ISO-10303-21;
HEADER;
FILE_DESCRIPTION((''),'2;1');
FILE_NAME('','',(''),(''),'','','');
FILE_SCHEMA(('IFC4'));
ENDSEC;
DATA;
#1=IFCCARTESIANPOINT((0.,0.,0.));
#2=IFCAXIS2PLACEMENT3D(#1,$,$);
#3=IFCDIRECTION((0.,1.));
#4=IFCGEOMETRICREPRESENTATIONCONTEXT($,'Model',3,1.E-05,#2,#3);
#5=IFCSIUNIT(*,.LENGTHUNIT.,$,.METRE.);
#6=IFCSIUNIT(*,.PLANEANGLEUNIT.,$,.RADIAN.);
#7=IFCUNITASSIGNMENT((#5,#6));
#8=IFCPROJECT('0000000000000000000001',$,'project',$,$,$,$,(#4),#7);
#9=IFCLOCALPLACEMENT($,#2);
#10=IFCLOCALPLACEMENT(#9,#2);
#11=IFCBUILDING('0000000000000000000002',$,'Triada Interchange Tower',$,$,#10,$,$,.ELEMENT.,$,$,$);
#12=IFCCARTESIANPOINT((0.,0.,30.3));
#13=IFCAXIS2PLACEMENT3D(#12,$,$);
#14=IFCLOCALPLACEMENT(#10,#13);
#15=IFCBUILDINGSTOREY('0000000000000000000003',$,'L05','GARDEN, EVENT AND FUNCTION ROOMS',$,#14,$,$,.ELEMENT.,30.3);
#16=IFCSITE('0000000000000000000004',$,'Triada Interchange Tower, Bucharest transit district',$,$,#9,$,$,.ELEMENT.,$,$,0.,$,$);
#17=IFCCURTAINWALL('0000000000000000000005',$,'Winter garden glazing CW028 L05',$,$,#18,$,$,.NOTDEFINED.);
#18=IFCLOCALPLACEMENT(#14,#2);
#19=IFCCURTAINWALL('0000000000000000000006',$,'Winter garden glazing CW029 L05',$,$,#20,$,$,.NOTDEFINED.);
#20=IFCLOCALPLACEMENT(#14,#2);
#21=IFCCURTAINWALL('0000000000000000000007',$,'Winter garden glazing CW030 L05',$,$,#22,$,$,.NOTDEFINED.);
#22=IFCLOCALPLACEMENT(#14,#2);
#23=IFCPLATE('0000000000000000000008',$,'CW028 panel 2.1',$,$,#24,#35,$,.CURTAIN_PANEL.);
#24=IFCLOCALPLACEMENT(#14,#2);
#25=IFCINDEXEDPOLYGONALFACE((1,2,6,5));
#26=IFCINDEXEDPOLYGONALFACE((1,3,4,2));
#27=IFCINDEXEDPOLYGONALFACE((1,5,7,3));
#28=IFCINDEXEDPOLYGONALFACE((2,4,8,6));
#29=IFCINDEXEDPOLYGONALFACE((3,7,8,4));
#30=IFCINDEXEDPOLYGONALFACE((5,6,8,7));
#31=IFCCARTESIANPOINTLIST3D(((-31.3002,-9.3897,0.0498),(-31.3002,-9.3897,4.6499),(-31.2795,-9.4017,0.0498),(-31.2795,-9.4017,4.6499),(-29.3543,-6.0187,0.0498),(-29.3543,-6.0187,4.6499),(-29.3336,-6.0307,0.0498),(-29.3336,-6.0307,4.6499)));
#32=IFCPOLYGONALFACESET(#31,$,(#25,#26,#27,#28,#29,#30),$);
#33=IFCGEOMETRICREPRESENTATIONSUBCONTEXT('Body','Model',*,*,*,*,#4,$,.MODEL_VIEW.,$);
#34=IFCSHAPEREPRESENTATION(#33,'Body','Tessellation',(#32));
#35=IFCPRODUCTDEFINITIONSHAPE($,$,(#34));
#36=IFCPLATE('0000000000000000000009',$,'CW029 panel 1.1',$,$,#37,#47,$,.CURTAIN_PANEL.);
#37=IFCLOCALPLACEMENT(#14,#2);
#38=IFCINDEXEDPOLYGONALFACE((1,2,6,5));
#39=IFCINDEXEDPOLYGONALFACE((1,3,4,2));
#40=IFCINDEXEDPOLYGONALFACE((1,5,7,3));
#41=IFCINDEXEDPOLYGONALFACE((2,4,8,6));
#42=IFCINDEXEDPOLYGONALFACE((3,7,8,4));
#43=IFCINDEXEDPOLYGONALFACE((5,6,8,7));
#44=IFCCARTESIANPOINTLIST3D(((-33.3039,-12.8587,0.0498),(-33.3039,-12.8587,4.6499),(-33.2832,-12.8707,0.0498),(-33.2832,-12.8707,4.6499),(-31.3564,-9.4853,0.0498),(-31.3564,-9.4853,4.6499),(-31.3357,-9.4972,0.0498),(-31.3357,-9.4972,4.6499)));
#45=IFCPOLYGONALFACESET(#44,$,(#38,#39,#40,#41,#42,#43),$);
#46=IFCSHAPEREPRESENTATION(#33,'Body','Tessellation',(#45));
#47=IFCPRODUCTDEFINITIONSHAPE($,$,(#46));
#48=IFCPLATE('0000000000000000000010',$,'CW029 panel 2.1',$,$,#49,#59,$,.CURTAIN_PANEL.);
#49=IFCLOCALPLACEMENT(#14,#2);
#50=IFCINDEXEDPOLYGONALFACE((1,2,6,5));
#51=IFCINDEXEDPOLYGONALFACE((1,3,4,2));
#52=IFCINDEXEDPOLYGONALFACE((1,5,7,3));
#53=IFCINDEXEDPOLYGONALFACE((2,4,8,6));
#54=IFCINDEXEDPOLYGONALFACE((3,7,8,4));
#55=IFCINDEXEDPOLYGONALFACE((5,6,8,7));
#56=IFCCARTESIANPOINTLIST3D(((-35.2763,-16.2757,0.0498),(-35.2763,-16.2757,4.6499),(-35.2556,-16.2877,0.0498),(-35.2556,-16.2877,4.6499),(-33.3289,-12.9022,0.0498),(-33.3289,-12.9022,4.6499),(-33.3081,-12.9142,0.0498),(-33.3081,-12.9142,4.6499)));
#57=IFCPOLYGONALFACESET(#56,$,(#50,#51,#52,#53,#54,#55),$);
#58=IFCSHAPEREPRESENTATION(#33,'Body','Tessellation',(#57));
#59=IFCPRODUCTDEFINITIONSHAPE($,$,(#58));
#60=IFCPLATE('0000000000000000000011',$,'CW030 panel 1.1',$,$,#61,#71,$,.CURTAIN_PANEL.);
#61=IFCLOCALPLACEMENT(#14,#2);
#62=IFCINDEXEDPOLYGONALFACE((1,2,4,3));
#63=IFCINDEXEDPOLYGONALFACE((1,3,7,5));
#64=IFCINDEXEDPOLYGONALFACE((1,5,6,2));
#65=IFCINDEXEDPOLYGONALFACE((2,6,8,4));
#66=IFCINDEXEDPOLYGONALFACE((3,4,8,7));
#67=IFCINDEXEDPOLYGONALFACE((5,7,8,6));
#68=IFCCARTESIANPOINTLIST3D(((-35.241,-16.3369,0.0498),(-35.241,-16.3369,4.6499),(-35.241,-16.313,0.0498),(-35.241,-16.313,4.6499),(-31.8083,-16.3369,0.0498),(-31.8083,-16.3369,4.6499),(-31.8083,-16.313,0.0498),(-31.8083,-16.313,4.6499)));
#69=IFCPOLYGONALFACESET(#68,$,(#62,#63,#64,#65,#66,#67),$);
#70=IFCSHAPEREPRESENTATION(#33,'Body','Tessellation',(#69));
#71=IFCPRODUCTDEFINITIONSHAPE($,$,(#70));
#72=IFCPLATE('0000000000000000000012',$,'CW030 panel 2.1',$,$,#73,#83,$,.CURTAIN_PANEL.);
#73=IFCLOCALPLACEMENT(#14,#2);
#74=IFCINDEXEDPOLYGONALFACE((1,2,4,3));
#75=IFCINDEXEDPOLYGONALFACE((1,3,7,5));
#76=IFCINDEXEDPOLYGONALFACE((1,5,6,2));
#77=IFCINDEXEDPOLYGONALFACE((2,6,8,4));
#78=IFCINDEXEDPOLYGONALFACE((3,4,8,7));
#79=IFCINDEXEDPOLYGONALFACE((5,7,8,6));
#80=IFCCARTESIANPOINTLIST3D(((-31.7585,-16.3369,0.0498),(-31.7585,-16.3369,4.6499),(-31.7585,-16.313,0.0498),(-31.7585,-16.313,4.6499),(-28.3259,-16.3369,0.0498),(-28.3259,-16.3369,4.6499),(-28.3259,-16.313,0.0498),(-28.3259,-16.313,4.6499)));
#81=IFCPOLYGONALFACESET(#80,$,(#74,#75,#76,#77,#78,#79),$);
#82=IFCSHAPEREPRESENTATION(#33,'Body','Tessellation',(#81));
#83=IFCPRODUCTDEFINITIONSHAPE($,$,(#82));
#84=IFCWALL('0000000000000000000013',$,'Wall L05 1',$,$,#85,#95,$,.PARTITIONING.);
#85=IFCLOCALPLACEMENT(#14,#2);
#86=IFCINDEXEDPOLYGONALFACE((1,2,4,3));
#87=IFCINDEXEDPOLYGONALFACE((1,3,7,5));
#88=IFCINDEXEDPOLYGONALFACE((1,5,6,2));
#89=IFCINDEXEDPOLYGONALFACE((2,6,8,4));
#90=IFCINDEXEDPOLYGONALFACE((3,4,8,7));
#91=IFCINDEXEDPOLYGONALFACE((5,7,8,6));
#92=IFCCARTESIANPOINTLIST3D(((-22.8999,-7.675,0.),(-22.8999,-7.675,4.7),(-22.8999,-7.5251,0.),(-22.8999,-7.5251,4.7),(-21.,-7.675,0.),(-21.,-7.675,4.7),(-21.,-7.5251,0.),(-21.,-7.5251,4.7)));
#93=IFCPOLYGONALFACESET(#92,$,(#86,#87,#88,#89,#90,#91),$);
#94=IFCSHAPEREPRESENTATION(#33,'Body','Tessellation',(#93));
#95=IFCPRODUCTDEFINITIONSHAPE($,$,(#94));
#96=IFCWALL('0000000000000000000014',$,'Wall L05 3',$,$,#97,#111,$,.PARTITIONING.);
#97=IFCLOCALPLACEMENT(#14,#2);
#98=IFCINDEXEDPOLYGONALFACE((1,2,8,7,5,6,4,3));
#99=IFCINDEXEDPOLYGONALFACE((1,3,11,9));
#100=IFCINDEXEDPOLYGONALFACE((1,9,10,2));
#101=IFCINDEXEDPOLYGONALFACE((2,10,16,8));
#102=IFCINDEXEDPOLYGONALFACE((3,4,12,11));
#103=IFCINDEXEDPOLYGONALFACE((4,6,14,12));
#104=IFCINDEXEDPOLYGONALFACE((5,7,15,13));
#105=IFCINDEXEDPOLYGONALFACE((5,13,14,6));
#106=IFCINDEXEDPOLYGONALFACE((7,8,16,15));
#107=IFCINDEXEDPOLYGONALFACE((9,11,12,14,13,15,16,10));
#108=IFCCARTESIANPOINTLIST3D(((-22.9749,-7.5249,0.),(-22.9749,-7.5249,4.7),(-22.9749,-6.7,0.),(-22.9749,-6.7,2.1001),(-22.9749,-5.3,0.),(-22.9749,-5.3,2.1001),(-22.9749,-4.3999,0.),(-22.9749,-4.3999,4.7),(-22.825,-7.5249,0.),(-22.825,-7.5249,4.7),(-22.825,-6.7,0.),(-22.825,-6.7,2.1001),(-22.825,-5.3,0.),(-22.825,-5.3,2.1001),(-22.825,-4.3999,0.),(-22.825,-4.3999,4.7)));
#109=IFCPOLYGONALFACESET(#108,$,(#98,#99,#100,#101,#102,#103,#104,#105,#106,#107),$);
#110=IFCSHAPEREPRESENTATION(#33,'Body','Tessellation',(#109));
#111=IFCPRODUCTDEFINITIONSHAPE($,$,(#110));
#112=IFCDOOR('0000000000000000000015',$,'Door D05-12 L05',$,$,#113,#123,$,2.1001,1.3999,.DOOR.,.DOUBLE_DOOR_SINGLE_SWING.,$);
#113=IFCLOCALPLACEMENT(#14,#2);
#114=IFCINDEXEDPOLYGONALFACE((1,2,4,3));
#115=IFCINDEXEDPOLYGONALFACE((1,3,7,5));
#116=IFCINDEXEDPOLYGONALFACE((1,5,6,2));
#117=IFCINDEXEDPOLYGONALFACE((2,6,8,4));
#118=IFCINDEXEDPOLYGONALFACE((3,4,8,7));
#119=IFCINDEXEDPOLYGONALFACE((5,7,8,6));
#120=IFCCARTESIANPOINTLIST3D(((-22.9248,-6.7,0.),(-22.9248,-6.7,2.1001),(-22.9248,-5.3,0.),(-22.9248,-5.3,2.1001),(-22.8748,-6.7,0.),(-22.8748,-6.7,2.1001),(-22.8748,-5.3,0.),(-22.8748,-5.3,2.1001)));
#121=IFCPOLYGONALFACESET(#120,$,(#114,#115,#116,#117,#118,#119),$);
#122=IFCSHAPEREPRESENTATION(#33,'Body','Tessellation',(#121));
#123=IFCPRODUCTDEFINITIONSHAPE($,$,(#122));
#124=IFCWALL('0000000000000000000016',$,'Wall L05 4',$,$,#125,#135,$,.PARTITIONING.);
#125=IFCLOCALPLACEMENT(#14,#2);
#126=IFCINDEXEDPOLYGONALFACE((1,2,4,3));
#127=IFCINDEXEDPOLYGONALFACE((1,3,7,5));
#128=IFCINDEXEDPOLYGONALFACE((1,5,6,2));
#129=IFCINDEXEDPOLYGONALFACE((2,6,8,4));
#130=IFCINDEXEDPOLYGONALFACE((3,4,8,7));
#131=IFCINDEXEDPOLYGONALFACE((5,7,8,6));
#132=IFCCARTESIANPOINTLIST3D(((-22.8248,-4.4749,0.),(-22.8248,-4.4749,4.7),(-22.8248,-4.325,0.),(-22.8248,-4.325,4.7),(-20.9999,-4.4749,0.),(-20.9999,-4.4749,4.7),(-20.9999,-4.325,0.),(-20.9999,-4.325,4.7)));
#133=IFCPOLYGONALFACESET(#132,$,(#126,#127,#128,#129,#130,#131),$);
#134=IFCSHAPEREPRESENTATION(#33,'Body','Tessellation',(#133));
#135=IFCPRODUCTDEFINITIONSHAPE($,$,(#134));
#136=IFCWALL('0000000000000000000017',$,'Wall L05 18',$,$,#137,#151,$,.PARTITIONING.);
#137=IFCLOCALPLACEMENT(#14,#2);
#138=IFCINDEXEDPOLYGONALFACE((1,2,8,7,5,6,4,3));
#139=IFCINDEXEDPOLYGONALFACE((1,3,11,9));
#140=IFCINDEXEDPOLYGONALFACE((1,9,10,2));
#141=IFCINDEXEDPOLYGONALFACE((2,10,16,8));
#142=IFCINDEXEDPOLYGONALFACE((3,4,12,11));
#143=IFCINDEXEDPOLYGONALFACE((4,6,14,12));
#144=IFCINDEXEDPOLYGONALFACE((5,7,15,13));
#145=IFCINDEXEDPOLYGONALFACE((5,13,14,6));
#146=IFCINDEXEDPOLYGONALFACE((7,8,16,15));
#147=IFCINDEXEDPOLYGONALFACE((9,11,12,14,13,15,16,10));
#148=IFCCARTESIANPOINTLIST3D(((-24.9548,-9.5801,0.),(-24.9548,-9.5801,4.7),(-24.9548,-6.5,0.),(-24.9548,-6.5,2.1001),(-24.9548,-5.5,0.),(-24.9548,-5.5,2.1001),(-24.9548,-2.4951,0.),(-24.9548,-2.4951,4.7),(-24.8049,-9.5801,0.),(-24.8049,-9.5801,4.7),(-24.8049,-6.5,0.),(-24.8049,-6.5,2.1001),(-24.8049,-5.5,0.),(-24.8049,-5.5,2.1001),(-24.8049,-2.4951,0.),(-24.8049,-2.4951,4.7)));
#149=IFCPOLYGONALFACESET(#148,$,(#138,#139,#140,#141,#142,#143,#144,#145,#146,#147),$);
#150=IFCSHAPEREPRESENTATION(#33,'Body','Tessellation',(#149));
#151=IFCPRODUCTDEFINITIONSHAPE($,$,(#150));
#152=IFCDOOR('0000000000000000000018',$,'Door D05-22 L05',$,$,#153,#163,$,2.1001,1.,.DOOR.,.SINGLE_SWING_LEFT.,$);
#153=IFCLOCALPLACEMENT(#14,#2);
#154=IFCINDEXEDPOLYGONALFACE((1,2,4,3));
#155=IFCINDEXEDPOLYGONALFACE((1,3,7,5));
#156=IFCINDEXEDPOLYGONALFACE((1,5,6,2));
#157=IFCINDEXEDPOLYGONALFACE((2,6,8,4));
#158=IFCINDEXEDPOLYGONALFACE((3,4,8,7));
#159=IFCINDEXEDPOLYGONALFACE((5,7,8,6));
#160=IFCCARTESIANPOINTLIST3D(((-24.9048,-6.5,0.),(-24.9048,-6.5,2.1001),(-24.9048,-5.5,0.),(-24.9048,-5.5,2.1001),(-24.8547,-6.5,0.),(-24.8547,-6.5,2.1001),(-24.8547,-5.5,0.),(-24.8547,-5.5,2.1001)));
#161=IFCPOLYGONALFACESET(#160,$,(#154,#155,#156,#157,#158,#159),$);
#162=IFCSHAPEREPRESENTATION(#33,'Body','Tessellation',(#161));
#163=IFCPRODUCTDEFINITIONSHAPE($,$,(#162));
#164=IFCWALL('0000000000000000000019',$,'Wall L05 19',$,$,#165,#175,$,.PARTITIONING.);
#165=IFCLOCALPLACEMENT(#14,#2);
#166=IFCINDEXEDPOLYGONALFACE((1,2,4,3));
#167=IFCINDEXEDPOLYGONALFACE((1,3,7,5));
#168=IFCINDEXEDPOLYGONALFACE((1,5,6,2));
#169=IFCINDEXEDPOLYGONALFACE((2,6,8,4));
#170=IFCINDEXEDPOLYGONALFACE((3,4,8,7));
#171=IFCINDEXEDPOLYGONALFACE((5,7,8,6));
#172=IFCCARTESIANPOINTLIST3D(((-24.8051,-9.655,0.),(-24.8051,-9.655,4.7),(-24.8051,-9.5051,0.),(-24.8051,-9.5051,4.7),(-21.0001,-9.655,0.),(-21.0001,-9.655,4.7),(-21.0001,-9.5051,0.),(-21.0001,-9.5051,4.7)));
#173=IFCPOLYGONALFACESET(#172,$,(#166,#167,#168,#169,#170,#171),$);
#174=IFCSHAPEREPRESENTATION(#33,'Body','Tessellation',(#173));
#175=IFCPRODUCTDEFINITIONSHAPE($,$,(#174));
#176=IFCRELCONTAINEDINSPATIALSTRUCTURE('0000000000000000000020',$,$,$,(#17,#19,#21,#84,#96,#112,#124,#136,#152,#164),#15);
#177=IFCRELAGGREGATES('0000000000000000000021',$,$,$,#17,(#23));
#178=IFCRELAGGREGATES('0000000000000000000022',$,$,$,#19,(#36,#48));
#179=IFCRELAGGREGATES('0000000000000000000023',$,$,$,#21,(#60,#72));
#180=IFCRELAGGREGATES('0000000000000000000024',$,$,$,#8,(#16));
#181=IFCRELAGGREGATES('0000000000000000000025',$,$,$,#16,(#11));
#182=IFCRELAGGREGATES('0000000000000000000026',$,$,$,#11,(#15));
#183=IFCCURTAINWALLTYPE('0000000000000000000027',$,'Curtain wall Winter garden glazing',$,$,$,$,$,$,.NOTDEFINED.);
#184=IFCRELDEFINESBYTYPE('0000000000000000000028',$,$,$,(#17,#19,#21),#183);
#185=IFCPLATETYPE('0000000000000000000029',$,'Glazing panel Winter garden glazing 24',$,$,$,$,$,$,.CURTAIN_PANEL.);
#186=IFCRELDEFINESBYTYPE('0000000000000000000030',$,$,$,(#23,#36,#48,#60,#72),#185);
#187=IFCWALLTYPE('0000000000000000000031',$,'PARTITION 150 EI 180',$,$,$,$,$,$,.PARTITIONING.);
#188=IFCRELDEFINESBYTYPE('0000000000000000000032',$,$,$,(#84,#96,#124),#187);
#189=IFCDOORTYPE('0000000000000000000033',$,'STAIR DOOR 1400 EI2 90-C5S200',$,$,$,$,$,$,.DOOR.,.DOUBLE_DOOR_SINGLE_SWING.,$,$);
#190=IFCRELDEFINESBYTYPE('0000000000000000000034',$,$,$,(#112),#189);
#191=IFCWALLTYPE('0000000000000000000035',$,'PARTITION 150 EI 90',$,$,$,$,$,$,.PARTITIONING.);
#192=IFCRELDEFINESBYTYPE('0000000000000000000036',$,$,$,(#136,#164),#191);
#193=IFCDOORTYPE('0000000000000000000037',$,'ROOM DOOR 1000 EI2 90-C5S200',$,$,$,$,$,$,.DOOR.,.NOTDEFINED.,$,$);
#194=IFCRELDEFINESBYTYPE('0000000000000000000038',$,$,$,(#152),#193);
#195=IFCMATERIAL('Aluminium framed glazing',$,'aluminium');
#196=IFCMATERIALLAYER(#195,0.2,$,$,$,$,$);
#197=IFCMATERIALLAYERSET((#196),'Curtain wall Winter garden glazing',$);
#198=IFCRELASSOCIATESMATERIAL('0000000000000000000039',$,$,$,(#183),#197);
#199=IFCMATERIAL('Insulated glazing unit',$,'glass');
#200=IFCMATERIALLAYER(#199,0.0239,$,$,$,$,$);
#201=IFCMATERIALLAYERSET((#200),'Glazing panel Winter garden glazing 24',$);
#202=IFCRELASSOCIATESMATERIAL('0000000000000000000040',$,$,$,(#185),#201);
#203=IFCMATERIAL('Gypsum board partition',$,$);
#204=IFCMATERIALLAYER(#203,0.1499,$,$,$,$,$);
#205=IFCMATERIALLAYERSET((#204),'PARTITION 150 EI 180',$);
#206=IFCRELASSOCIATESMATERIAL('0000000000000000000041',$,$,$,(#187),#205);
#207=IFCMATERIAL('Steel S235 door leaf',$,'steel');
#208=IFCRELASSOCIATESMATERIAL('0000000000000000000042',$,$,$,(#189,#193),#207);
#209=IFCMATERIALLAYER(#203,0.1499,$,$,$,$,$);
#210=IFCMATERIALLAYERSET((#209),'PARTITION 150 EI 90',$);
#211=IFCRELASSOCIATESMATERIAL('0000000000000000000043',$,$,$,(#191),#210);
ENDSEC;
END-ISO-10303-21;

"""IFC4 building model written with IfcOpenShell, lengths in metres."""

from ifc_helpers import new_model, si_unit, direction, frame, frame_2d, origin, origin_2d, place, context, subcontext, project, spatial, rectangle, extrude, material, layer, layer_set, type_object, element, fill, aggregate, save


model = new_model("IFC4")

# Units and contexts
model_context = context("Model", 3, precision=1e-05, world=origin(), true_north=direction((0.0, 1.0)))
body_context = subcontext(model_context, "Body", "Model", "MODEL_VIEW")
ifc_project = project(units=[si_unit("LENGTHUNIT", "METRE"), si_unit("PLANEANGLEUNIT", "RADIAN")], contexts=[model_context])

# Site, building, storey
site_placement = place(None, origin())
site = spatial("IfcSite", under=ifc_project, at=site_placement, Name="Triada Interchange Tower, Bucharest transit district", CompositionType="ELEMENT", RefElevation=0.0)
building_placement = place(site_placement, origin())
building = spatial("IfcBuilding", under=site, at=building_placement, Name="Triada Interchange Tower", CompositionType="ELEMENT")
storey_placement = place(building_placement, frame((0.0, 0.0, 30.3)))
storey = spatial("IfcBuildingStorey", under=building, at=storey_placement, Name="L05", Description="GARDEN, EVENT AND FUNCTION ROOMS", CompositionType="ELEMENT", Elevation=30.3)

# Curtain walls
ifc_material_1 = material(Name="Aluminium framed glazing", Category="aluminium")
ifc_layer_1 = layer(ifc_material_1, 0.2)
ifc_layer_set_1 = layer_set([ifc_layer_1], Name="Curtain wall Winter garden glazing")
curtain_wall_type = type_object("IfcCurtainWallType", Name="Curtain wall Winter garden glazing", PredefinedType="NOTDEFINED", material=ifc_layer_set_1)
curtain_wall_1_placement = place(storey_placement, origin())
curtain_wall_1 = element("IfcCurtainWall", 1, at=curtain_wall_1_placement, inside=storey, type_object=curtain_wall_type, Name="Winter garden glazing CW028 L05", PredefinedType="NOTDEFINED")
curtain_wall_2_placement = place(storey_placement, origin())
curtain_wall_2 = element("IfcCurtainWall", 2, at=curtain_wall_2_placement, inside=storey, type_object=curtain_wall_type, Name="Winter garden glazing CW029 L05", PredefinedType="NOTDEFINED")
curtain_wall_3_placement = place(storey_placement, origin())
curtain_wall_3 = element("IfcCurtainWall", 3, at=curtain_wall_3_placement, inside=storey, type_object=curtain_wall_type, Name="Winter garden glazing CW030 L05", PredefinedType="NOTDEFINED")

# Plates
ifc_material_2 = material(Name="Insulated glazing unit", Category="glass")
ifc_layer_2 = layer(ifc_material_2, 0.0239)
ifc_layer_set_2 = layer_set([ifc_layer_2], Name="Glazing panel Winter garden glazing 24")
plate_type = type_object("IfcPlateType", Name="Glazing panel Winter garden glazing 24", PredefinedType="CURTAIN_PANEL", material=ifc_layer_set_2)
plate_1_placement = place(storey_placement, frame((-30.3169, -7.7102, 0.0498), z_axis=(0.0, 0.0, 1.0), x_axis=(-0.499948, -0.866055, 0.0)))
plate_1 = element("IfcPlate", 4, at=plate_1_placement, type_object=plate_type, Name="CW028 panel 2.1", PredefinedType="CURTAIN_PANEL", context=body_context, shape_type="SweptSolid", body=[
    extrude(rectangle(XDim=3.8923, YDim=0.0239, at=origin_2d()), origin(), (0.0, 0.0, 1.0), 4.6001),
])
aggregate(curtain_wall_1, [plate_1])
plate_2_placement = place(storey_placement, frame((-32.3198, -11.178, 0.0498), z_axis=(0.0, 0.0, 1.0), x_axis=(-0.499959, -0.866049, 0.0)))
plate_2 = element("IfcPlate", 5, at=plate_2_placement, type_object=plate_type, Name="CW029 panel 1.1", PredefinedType="CURTAIN_PANEL", context=body_context, shape_type="SweptSolid", body=[
    extrude(rectangle(XDim=3.8953, YDim=0.0239, at=origin_2d()), origin(), (0.0, 0.0, 1.0), 4.6001),
])
plate_3_placement = place(storey_placement, frame((-34.2922, -14.595, 0.0498), z_axis=(0.0, 0.0, 1.0), x_axis=(-0.499959, -0.866049, 0.0)))
plate_3 = element("IfcPlate", 6, at=plate_3_placement, type_object=plate_type, Name="CW029 panel 2.1", PredefinedType="CURTAIN_PANEL", context=body_context, shape_type="SweptSolid", body=[
    extrude(rectangle(XDim=3.8953, YDim=0.0239, at=origin_2d()), origin(), (0.0, 0.0, 1.0), 4.6001),
])
aggregate(curtain_wall_2, [plate_2, plate_3])
plate_4_placement = place(storey_placement, frame((-33.5247, -16.325, 0.0498), z_axis=(0.0, 0.0, 1.0), x_axis=(1.0, 0.0, 0.0)))
plate_4 = element("IfcPlate", 7, at=plate_4_placement, type_object=plate_type, Name="CW030 panel 1.1", PredefinedType="CURTAIN_PANEL", context=body_context, shape_type="SweptSolid", body=[
    extrude(rectangle(XDim=3.4326, YDim=0.0239, at=origin_2d()), origin(), (0.0, 0.0, 1.0), 4.6001),
])
plate_5_placement = place(storey_placement, frame((-30.0422, -16.325, 0.0498), z_axis=(0.0, 0.0, 1.0), x_axis=(1.0, 0.0, 0.0)))
plate_5 = element("IfcPlate", 8, at=plate_5_placement, type_object=plate_type, Name="CW030 panel 2.1", PredefinedType="CURTAIN_PANEL", context=body_context, shape_type="SweptSolid", body=[
    extrude(rectangle(XDim=3.4326, YDim=0.0239, at=origin_2d()), origin(), (0.0, 0.0, 1.0), 4.6001),
])
aggregate(curtain_wall_3, [plate_4, plate_5])

# Wall
ifc_material_3 = material(Name="Gypsum board partition")
ifc_layer_3 = layer(ifc_material_3, 0.1499)
ifc_layer_set_3 = layer_set([ifc_layer_3], Name="PARTITION 150 EI 180")
wall_type_1 = type_object("IfcWallType", Name="PARTITION 150 EI 180", PredefinedType="PARTITIONING", material=ifc_layer_set_3)
wall_1_placement = place(storey_placement, frame((-22.8999, -7.6001, 0.0), z_axis=(0.0, 0.0, 1.0), x_axis=(1.0, 0.0, 0.0)))
element("IfcWall", 9, at=wall_1_placement, inside=storey, type_object=wall_type_1, Name="Wall L05 1", PredefinedType="PARTITIONING", context=body_context, shape_type="SweptSolid", body=[
    extrude(rectangle(XDim=1.8999, YDim=0.1499, at=frame_2d((0.95, 0.0))), origin(), (0.0, 0.0, 1.0), 4.7),
])

# Wall, opening, door
wall_2_placement = place(storey_placement, frame((-22.8999, -7.5249, 0.0), z_axis=(0.0, 0.0, 1.0), x_axis=(0.0, 1.0, 0.0)))
wall_2 = element("IfcWall", 10, at=wall_2_placement, inside=storey, type_object=wall_type_1, Name="Wall L05 3", PredefinedType="PARTITIONING", context=body_context, shape_type="SweptSolid", body=[
    extrude(rectangle(XDim=3.125, YDim=0.1499, at=frame_2d((1.5625, 0.0))), origin(), (0.0, 0.0, 1.0), 4.7),
])
opening_1_placement = place(wall_2_placement, frame((0.825, 0.0, 0.0)))
opening_1 = element("IfcOpeningElement", 11, at=opening_1_placement, cuts=wall_2, PredefinedType="OPENING", context=body_context, shape_type="SweptSolid", body=[
    extrude(rectangle(XDim=1.3999, YDim=2.1001, at=frame_2d((0.7, 1.05))), frame((0.0, 0.085, 0.0), z_axis=(0.0, -1.0, 0.0), x_axis=(1.0, 0.0, 0.0)), (0.0, 0.0, 1.0), 0.1699),
])
ifc_material_4 = material(Name="Steel S235 door leaf", Category="steel")
door_type_1 = type_object("IfcDoorType", Name="STAIR DOOR 1400 EI2 90-C5S200", OperationType="DOUBLE_DOOR_SINGLE_SWING", PredefinedType="DOOR", material=ifc_material_4)
door_1_placement = place(opening_1_placement, origin())
door_1 = element("IfcDoor", 12, at=door_1_placement, inside=storey, type_object=door_type_1, Name="Door D05-12 L05", OperationType="DOUBLE_DOOR_SINGLE_SWING", OverallHeight=2.1001, OverallWidth=1.3999, PredefinedType="DOOR", context=body_context, shape_type="SweptSolid", body=[
    extrude(rectangle(XDim=1.3999, YDim=2.1001, at=frame_2d((0.7, 1.05))), frame((0.0, 0.0249, 0.0), z_axis=(0.0, -1.0, 0.0), x_axis=(1.0, 0.0, 0.0)), (0.0, 0.0, 1.0), 0.05),
])
fill(opening_1, door_1)

# Wall
wall_3_placement = place(storey_placement, frame((-22.825, -4.3999, 0.0), z_axis=(0.0, 0.0, 1.0), x_axis=(1.0, 0.0, 0.0)))
element("IfcWall", 13, at=wall_3_placement, inside=storey, type_object=wall_type_1, Name="Wall L05 4", PredefinedType="PARTITIONING", context=body_context, shape_type="SweptSolid", body=[
    extrude(rectangle(XDim=1.825, YDim=0.1499, at=frame_2d((0.9126, 0.0))), origin(), (0.0, 0.0, 1.0), 4.7),
])

# Wall, opening, door
ifc_layer_4 = layer(ifc_material_3, 0.1499)
ifc_layer_set_4 = layer_set([ifc_layer_4], Name="PARTITION 150 EI 90")
wall_type_2 = type_object("IfcWallType", Name="PARTITION 150 EI 90", PredefinedType="PARTITIONING", material=ifc_layer_set_4)
wall_4_placement = place(storey_placement, frame((-24.8799, -9.5801, 0.0), z_axis=(0.0, 0.0, 1.0), x_axis=(0.0, 1.0, 0.0)))
wall_4 = element("IfcWall", 14, at=wall_4_placement, inside=storey, type_object=wall_type_2, Name="Wall L05 18", PredefinedType="PARTITIONING", context=body_context, shape_type="SweptSolid", body=[
    extrude(rectangle(XDim=7.085, YDim=0.1499, at=frame_2d((3.5425, 0.0))), origin(), (0.0, 0.0, 1.0), 4.7),
])
opening_2_placement = place(wall_4_placement, frame((3.0801, 0.0, 0.0)))
opening_2 = element("IfcOpeningElement", 15, at=opening_2_placement, cuts=wall_4, PredefinedType="OPENING", context=body_context, shape_type="SweptSolid", body=[
    extrude(rectangle(XDim=1.0, YDim=2.1001, at=frame_2d((0.5, 1.05))), frame((0.0, 0.085, 0.0), z_axis=(0.0, -1.0, 0.0), x_axis=(1.0, 0.0, 0.0)), (0.0, 0.0, 1.0), 0.1699),
])
door_type_2 = type_object("IfcDoorType", Name="ROOM DOOR 1000 EI2 90-C5S200", OperationType="NOTDEFINED", PredefinedType="DOOR", material=ifc_material_4)
door_2_placement = place(opening_2_placement, origin())
door_2 = element("IfcDoor", 16, at=door_2_placement, inside=storey, type_object=door_type_2, Name="Door D05-22 L05", OperationType="SINGLE_SWING_LEFT", OverallHeight=2.1001, OverallWidth=1.0, PredefinedType="DOOR", context=body_context, shape_type="SweptSolid", body=[
    extrude(rectangle(XDim=1.0, YDim=2.1001, at=frame_2d((0.5, 1.05))), frame((0.0, 0.0249, 0.0), z_axis=(0.0, -1.0, 0.0), x_axis=(1.0, 0.0, 0.0)), (0.0, 0.0, 1.0), 0.05),
])
fill(opening_2, door_2)

# Wall
wall_5_placement = place(storey_placement, frame((-24.8049, -9.5801, 0.0), z_axis=(0.0, 0.0, 1.0), x_axis=(1.0, 0.0, 0.0)))
element("IfcWall", 17, at=wall_5_placement, inside=storey, type_object=wall_type_2, Name="Wall L05 19", PredefinedType="PARTITIONING", context=body_context, shape_type="SweptSolid", body=[
    extrude(rectangle(XDim=3.8049, YDim=0.1499, at=frame_2d((1.9023, 0.0))), origin(), (0.0, 0.0, 1.0), 4.7),
])

save(model, "model.ifc")
